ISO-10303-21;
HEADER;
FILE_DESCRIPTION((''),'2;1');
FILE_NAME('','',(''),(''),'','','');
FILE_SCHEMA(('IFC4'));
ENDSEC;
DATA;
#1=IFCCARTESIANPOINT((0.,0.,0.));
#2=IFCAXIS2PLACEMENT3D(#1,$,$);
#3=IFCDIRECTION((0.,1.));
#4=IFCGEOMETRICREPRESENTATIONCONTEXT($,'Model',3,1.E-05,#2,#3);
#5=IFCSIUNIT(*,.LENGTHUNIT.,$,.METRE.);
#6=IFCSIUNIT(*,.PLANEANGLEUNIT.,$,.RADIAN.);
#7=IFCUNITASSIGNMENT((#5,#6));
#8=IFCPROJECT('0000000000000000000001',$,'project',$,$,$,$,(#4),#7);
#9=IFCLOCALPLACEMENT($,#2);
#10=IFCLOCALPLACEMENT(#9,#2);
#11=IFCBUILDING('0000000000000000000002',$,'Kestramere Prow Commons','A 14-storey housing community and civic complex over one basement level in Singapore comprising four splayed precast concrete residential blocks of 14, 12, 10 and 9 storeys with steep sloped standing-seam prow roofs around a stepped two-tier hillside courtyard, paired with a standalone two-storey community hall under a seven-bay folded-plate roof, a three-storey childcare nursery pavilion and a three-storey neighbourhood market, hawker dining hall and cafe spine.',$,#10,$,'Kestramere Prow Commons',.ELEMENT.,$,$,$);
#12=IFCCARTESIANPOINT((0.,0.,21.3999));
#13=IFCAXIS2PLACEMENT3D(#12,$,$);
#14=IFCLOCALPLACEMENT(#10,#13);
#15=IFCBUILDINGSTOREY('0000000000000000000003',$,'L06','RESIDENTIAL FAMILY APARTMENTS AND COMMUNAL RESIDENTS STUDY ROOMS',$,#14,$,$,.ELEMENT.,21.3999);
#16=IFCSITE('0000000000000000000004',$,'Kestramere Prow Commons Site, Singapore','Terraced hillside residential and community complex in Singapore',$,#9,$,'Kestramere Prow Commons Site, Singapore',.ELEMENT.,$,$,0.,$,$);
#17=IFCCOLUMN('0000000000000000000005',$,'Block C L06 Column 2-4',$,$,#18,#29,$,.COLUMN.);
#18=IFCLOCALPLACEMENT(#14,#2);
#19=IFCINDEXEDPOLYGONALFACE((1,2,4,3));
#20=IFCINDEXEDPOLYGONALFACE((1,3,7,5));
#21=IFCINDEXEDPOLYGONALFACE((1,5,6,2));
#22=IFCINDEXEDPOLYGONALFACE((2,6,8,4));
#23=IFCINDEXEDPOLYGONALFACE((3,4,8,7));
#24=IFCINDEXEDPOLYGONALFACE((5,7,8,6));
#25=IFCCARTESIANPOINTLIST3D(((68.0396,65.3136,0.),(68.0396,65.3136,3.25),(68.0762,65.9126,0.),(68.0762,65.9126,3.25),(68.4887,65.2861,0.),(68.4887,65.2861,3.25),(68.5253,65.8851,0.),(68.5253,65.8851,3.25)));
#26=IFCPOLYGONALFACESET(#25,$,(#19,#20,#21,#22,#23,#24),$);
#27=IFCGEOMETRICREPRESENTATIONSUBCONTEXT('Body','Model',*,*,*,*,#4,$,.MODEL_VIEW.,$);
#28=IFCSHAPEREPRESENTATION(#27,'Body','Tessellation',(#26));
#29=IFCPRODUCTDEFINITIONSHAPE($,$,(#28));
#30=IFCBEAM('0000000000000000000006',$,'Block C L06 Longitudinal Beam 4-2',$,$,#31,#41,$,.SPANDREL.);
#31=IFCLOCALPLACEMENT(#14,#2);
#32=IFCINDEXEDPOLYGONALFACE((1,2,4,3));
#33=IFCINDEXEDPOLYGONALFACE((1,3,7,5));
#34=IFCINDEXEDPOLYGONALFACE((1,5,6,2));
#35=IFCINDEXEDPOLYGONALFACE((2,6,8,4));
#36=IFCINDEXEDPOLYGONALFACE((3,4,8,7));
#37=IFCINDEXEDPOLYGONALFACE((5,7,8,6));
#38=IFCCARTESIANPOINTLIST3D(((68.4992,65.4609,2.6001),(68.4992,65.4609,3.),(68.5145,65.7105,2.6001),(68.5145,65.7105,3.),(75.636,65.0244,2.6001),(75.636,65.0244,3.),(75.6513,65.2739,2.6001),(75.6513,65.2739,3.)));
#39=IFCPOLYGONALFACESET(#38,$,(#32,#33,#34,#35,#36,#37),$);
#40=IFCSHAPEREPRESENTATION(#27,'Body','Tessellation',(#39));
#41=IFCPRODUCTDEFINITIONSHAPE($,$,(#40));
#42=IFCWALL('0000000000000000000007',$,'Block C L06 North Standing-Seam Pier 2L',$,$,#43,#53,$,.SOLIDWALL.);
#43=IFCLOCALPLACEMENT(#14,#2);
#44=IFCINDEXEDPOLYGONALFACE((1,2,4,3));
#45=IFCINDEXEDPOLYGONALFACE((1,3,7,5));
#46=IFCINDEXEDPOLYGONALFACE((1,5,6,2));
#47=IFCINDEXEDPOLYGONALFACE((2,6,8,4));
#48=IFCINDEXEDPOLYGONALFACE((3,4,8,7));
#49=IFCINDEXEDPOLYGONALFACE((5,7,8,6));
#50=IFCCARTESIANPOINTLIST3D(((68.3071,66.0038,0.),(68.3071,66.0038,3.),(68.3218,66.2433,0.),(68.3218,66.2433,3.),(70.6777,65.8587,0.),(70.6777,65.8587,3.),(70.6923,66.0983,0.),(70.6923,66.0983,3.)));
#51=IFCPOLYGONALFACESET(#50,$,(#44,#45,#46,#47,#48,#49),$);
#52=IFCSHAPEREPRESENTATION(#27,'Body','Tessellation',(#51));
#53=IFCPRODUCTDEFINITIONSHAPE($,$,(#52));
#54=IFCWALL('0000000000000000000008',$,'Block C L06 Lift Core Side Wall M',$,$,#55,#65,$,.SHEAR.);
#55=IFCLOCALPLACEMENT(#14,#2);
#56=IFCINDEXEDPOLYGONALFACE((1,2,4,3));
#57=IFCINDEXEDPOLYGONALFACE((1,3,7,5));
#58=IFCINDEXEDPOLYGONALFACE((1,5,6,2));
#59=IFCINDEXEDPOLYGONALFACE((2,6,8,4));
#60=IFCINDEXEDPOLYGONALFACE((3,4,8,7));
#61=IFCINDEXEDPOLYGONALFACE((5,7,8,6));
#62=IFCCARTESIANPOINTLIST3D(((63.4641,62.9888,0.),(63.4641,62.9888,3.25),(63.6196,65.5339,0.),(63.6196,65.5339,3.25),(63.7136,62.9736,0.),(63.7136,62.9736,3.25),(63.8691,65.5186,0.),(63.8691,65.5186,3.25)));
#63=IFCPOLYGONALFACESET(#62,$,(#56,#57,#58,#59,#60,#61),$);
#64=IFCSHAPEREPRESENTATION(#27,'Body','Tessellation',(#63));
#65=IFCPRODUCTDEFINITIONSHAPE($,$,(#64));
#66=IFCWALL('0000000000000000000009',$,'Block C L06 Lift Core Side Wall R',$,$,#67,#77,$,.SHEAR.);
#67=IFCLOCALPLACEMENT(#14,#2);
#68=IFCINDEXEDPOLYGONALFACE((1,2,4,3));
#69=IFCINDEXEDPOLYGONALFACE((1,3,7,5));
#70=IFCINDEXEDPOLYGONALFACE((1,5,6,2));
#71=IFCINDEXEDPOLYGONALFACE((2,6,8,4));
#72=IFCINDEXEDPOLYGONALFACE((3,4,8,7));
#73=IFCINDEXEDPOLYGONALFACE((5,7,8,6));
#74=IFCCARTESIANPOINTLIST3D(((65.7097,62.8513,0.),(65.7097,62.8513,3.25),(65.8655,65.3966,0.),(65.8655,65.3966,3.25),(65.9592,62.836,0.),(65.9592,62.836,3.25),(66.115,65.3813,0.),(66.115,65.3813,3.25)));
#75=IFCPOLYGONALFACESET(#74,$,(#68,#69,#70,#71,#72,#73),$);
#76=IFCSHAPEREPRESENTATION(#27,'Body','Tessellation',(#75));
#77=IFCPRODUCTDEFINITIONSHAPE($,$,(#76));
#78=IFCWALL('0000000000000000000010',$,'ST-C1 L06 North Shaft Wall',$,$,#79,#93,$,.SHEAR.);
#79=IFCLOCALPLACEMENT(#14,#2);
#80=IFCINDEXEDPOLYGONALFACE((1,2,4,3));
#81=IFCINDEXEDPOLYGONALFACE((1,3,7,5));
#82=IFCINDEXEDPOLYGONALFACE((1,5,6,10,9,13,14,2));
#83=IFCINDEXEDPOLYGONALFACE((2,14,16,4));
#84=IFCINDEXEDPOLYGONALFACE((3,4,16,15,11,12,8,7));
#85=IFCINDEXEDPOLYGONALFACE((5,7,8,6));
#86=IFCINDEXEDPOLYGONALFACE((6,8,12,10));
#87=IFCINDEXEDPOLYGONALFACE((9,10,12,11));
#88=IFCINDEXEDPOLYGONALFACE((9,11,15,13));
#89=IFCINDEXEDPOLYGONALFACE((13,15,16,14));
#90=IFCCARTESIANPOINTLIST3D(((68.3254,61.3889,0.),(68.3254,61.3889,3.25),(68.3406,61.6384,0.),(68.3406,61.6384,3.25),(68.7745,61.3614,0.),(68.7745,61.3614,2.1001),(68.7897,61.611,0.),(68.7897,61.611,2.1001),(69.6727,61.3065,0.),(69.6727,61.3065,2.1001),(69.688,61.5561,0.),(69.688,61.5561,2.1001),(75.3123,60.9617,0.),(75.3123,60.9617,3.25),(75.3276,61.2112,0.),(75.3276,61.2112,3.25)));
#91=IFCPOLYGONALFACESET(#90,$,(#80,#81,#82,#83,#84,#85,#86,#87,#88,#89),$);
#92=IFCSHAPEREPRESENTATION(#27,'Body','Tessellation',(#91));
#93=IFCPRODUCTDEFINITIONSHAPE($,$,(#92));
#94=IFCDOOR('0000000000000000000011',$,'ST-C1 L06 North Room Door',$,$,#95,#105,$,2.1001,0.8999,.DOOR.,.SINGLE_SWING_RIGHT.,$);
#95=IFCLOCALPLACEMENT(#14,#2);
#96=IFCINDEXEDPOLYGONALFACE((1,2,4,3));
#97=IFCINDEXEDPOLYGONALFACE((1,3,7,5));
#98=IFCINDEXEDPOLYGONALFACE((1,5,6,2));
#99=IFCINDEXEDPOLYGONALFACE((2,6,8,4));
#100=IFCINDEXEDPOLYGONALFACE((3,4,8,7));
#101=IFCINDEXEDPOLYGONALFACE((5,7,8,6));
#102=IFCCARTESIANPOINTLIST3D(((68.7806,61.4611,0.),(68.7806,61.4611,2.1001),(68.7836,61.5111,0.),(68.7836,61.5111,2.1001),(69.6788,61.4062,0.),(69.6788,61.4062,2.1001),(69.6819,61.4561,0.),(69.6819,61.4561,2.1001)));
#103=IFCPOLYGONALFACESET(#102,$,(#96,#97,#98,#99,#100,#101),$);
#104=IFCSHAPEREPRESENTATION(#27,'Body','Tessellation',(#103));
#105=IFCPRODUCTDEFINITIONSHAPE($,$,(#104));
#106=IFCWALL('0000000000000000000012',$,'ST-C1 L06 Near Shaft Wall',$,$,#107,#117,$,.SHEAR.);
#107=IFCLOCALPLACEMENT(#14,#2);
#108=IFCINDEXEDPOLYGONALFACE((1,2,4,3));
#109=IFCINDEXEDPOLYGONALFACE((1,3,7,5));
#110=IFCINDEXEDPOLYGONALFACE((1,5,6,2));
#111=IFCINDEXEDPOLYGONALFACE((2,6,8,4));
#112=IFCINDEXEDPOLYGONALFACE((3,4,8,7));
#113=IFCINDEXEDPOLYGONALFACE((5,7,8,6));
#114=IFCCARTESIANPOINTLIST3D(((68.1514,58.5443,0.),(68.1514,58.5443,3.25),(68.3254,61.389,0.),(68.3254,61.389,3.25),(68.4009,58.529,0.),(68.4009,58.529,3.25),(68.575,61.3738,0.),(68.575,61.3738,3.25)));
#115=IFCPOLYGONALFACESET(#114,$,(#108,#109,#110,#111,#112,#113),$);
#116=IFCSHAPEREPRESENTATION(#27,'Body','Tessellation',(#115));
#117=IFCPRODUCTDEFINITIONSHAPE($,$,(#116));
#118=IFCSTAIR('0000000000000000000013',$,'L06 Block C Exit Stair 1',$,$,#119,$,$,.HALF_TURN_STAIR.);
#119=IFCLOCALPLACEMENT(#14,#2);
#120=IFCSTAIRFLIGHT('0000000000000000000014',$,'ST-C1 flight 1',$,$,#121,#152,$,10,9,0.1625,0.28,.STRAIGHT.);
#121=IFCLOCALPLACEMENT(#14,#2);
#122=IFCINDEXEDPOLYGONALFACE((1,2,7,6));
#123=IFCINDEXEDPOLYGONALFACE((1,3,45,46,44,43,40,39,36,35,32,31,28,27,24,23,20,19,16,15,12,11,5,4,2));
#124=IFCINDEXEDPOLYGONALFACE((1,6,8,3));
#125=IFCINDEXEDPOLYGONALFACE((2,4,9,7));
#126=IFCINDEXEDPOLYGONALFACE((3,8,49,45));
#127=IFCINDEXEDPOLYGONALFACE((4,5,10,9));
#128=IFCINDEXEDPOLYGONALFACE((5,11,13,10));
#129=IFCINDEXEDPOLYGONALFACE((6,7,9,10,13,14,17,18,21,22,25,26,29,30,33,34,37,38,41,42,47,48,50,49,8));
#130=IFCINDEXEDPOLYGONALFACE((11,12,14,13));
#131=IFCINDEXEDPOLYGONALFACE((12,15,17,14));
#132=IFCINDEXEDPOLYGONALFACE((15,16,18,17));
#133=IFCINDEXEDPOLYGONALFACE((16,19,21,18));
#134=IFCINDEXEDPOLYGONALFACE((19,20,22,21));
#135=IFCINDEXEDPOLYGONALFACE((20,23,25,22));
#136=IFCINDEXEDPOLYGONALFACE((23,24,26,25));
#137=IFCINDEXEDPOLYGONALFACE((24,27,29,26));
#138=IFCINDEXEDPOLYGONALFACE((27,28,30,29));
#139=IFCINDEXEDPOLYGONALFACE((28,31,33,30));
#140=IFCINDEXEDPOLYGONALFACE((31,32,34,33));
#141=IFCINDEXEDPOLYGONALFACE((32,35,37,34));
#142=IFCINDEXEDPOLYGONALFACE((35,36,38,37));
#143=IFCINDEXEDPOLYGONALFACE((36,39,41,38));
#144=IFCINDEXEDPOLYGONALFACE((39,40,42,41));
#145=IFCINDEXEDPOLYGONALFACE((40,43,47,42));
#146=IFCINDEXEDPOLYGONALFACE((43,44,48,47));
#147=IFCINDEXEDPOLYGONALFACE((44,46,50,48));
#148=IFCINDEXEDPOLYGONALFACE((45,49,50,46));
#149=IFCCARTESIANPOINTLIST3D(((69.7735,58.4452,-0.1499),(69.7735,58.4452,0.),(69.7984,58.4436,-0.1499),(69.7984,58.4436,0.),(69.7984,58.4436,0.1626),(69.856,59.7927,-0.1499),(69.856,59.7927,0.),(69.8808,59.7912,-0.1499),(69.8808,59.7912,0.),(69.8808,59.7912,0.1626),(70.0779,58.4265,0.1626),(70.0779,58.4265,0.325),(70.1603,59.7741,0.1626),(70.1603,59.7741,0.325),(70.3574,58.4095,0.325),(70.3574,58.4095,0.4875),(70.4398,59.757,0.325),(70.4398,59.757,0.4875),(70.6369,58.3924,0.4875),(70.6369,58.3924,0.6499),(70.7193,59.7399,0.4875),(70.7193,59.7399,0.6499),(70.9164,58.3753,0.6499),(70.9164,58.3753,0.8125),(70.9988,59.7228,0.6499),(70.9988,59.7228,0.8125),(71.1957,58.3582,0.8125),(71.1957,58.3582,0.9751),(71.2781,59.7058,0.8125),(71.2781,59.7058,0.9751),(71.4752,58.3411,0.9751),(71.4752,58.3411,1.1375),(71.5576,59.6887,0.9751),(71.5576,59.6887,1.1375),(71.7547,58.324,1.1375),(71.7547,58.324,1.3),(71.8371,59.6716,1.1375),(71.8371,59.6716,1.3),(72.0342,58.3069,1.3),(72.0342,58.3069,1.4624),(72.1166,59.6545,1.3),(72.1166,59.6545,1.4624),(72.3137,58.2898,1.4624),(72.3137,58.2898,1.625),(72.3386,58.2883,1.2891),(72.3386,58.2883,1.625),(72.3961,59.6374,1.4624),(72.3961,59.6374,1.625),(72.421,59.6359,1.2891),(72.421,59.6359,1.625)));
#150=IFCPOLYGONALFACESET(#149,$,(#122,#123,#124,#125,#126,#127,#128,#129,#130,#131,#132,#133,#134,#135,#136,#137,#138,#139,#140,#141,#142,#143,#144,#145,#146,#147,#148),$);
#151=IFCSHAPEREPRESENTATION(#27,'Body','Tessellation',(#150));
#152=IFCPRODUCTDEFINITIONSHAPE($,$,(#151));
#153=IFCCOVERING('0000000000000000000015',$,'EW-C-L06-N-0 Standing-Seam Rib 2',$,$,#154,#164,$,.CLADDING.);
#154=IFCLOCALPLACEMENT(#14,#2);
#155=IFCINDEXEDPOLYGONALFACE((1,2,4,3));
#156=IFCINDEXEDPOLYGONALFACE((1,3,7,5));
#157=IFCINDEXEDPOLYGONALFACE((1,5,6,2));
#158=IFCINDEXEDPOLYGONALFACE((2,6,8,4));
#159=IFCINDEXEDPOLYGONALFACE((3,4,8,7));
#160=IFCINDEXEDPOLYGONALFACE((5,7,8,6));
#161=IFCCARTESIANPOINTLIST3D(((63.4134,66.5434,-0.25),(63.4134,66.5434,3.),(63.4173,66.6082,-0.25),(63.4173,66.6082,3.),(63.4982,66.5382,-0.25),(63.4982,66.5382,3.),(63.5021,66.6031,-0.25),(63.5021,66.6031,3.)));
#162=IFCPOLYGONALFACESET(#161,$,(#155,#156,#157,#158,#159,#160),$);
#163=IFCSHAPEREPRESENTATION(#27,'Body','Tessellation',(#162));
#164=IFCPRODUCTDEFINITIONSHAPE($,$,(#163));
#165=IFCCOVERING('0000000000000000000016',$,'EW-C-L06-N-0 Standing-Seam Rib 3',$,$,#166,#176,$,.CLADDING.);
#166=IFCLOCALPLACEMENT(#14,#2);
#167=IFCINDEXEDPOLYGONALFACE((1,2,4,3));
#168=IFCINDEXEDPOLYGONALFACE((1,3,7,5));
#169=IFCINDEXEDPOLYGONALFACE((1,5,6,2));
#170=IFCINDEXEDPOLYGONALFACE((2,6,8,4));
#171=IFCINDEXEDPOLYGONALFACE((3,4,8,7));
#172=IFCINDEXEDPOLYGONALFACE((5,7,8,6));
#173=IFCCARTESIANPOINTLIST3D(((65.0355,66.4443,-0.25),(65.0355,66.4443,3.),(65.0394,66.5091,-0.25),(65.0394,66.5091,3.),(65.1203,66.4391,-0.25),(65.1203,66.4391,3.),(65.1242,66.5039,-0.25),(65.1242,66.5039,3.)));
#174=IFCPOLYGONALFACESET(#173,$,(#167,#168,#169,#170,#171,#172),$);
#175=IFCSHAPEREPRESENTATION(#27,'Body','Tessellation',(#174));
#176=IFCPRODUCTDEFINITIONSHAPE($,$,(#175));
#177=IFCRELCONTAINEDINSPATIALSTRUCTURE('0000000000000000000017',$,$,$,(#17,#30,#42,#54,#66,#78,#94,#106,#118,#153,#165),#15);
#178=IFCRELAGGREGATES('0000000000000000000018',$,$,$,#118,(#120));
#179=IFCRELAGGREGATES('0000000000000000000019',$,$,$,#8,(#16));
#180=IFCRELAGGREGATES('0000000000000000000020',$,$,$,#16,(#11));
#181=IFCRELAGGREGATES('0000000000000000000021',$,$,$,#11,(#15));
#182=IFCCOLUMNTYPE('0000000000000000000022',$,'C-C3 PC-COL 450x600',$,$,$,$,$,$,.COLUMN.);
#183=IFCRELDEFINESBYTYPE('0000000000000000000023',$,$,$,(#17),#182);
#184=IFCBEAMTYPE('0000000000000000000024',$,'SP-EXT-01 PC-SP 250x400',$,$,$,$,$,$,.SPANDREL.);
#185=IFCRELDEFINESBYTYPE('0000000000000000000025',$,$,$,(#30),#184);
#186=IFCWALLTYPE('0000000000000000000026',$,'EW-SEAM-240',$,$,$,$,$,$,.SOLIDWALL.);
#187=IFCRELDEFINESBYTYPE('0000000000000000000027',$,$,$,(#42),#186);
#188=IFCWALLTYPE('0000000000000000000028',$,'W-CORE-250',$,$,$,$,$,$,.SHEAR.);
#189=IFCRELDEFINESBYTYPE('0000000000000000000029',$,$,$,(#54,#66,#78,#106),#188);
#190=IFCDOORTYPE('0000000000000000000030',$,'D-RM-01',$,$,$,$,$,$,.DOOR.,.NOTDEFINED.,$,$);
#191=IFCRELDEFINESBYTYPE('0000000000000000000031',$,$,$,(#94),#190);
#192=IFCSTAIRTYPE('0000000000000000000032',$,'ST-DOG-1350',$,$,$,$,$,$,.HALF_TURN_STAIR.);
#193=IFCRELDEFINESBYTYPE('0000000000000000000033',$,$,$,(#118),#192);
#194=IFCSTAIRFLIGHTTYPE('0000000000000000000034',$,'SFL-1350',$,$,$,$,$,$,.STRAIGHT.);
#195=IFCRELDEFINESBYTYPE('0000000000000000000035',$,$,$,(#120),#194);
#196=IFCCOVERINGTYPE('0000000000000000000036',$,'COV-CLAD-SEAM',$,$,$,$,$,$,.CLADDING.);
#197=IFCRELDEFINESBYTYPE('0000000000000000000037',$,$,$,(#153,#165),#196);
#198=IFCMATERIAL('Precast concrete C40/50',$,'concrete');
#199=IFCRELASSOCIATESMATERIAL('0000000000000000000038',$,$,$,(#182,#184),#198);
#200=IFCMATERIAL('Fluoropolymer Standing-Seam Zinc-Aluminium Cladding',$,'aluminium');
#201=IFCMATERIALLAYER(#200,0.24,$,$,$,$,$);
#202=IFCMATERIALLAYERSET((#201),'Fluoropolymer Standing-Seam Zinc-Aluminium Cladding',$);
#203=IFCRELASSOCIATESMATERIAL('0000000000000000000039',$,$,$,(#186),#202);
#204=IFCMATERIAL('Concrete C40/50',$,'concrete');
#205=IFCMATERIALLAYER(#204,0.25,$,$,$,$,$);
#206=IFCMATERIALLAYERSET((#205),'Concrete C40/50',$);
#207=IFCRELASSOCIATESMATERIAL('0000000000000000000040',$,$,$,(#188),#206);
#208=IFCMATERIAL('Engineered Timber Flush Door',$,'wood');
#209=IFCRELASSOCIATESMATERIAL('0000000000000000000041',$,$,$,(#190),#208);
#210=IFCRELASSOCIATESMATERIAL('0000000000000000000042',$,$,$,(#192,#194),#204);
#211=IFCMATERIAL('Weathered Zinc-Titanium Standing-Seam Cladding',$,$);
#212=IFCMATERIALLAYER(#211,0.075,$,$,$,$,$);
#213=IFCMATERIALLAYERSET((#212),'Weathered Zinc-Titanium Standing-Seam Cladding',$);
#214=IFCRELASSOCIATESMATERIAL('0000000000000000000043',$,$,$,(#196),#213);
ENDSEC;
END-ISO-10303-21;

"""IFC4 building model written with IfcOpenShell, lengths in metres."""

from ifc_helpers import new_model, si_unit, direction, frame, frame_2d, origin, origin_2d, place, context, subcontext, project, spatial, polyline, rectangle, outline, extrude, material, layer, layer_set, material_profile, profile_set, type_object, element, fill, aggregate, save


model = new_model("IFC4")

# Units and contexts
model_context = context("Model", 3, precision=1e-05, world=origin(), true_north=direction((0.0, 1.0)))
body_context = subcontext(model_context, "Body", "Model", "MODEL_VIEW")
ifc_project = project(units=[si_unit("LENGTHUNIT", "METRE"), si_unit("PLANEANGLEUNIT", "RADIAN")], contexts=[model_context])

# Site, building, storey
site_placement = place(None, origin())
site = spatial("IfcSite", under=ifc_project, at=site_placement, Name="Kestramere Prow Commons Site, Singapore", Description="Terraced hillside residential and community complex in Singapore", LongName="Kestramere Prow Commons Site, Singapore", CompositionType="ELEMENT", RefElevation=0.0)
building_placement = place(site_placement, origin())
building = spatial("IfcBuilding", under=site, at=building_placement, Name="Kestramere Prow Commons", Description="A 14-storey housing community and civic complex over one basement level in Singapore comprising four splayed precast concrete residential blocks of 14, 12, 10 and 9 storeys with steep sloped standing-seam prow roofs around a stepped two-tier hillside courtyard, paired with a standalone two-storey community hall under a seven-bay folded-plate roof, a three-storey childcare nursery pavilion and a three-storey neighbourhood market, hawker dining hall and cafe spine.", LongName="Kestramere Prow Commons", CompositionType="ELEMENT")
storey_placement = place(building_placement, frame((0.0, 0.0, 21.3999)))
storey = spatial("IfcBuildingStorey", under=building, at=storey_placement, Name="L06", Description="RESIDENTIAL FAMILY APARTMENTS AND COMMUNAL RESIDENTS STUDY ROOMS", CompositionType="ELEMENT", Elevation=21.3999)

# Column
ifc_material_1 = material(Name="Precast concrete C40/50", Category="concrete")
ifc_material_profile_1 = material_profile(ifc_material_1, rectangle(XDim=0.45, YDim=0.6001, at=origin_2d()), Name="PC-COL 450x600")
ifc_profile_set_1 = profile_set([ifc_material_profile_1], Name="Precast concrete C40/50")
column_type = type_object("IfcColumnType", Name="C-C3 PC-COL 450x600", PredefinedType="COLUMN", material=ifc_profile_set_1)
column_placement = place(storey_placement, frame((68.2825, 65.5994, 0.0), z_axis=(0.0, 0.0, 1.0), x_axis=(0.998135, -0.061049, 0.0)))
element("IfcColumn", 1, at=column_placement, inside=storey, type_object=column_type, Name="Block C L06 Column 2-4", PredefinedType="COLUMN", context=body_context, shape_type="SweptSolid", body=[
    extrude(rectangle(XDim=0.45, YDim=0.6001, at=origin_2d()), origin(), (0.0, 0.0, 1.0), 3.25),
])

# Beam
ifc_material_profile_2 = material_profile(ifc_material_1, rectangle(XDim=0.25, YDim=0.3999, at=origin_2d()), Name="PC-SP 250x400")
ifc_profile_set_2 = profile_set([ifc_material_profile_2], Name="Precast concrete C40/50")
beam_type = type_object("IfcBeamType", Name="SP-EXT-01 PC-SP 250x400", PredefinedType="SPANDREL", material=ifc_profile_set_2)
beam_placement = place(storey_placement, frame((68.5068, 65.5857, 2.8), z_axis=(0.998135, -0.061052, 0.0), x_axis=(0.061052, 0.998135, 0.0)))
element("IfcBeam", 2, at=beam_placement, inside=storey, type_object=beam_type, Name="Block C L06 Longitudinal Beam 4-2", PredefinedType="SPANDREL", context=body_context, shape_type="SweptSolid", body=[
    extrude(rectangle(XDim=0.25, YDim=0.3999, at=origin_2d()), origin(), (0.0, 0.0, 1.0), 7.1501),
])

# Wall
ifc_material_2 = material(Name="Fluoropolymer Standing-Seam Zinc-Aluminium Cladding", Category="aluminium")
ifc_layer_1 = layer(ifc_material_2, 0.24)
ifc_layer_set_1 = layer_set([ifc_layer_1], Name="Fluoropolymer Standing-Seam Zinc-Aluminium Cladding")
wall_type_1 = type_object("IfcWallType", Name="EW-SEAM-240", PredefinedType="SOLIDWALL", material=ifc_layer_set_1)
wall_1_placement = place(storey_placement, frame((68.3145, 66.1235, 0.0), z_axis=(0.0, 0.0, 1.0), x_axis=(0.998134, -0.06106, 0.0)))
element("IfcWall", 3, at=wall_1_placement, inside=storey, type_object=wall_type_1, Name="Block C L06 North Standing-Seam Pier 2L", PredefinedType="SOLIDWALL", context=body_context, shape_type="SweptSolid", body=[
    extrude(rectangle(XDim=2.375, YDim=0.24, at=frame_2d((1.1875, 0.0))), origin(), (0.0, 0.0, 1.0), 3.0),
])

# Shared definitions
ifc_material_3 = material(Name="Concrete C40/50", Category="concrete")
ifc_layer_2 = layer(ifc_material_3, 0.25)
ifc_layer_set_2 = layer_set([ifc_layer_2], Name="Concrete C40/50")
wall_type_2 = type_object("IfcWallType", Name="W-CORE-250", PredefinedType="SHEAR", material=ifc_layer_set_2)

# Walls
wall_2_placement = place(storey_placement, frame((63.5889, 62.9812, 0.0), z_axis=(0.0, 0.0, 1.0), x_axis=(0.060989, 0.998138, 0.0)))
element("IfcWall", 4, at=wall_2_placement, inside=storey, type_object=wall_type_2, Name="Block C L06 Lift Core Side Wall M", PredefinedType="SHEAR", context=body_context, shape_type="SweptSolid", body=[
    extrude(rectangle(XDim=2.5498, YDim=0.25, at=frame_2d((1.2749, 0.0))), origin(), (0.0, 0.0, 1.0), 3.25),
])
wall_3_placement = place(storey_placement, frame((65.8345, 62.8438, 0.0), z_axis=(0.0, 0.0, 1.0), x_axis=(0.061085, 0.998133, 0.0)))
element("IfcWall", 5, at=wall_3_placement, inside=storey, type_object=wall_type_2, Name="Block C L06 Lift Core Side Wall R", PredefinedType="SHEAR", context=body_context, shape_type="SweptSolid", body=[
    extrude(rectangle(XDim=2.55, YDim=0.25, at=frame_2d((1.2749, 0.0))), origin(), (0.0, 0.0, 1.0), 3.25),
])

# Wall, opening, door
wall_4_placement = place(storey_placement, frame((68.333, 61.5137, 0.0), z_axis=(0.0, 0.0, 1.0), x_axis=(0.998136, -0.061034, 0.0)))
wall_4 = element("IfcWall", 6, at=wall_4_placement, inside=storey, type_object=wall_type_2, Name="ST-C1 L06 North Shaft Wall", PredefinedType="SHEAR", context=body_context, shape_type="SweptSolid", body=[
    extrude(rectangle(XDim=7.0, YDim=0.25, at=frame_2d((3.5, 0.0))), origin(), (0.0, 0.0, 1.0), 3.25),
])
opening_1_placement = place(wall_4_placement, frame((0.45, 0.0, 0.0)))
opening_1 = element("IfcOpeningElement", 7, at=opening_1_placement, cuts=wall_4, PredefinedType="OPENING", context=body_context, shape_type="SweptSolid", body=[
    extrude(rectangle(XDim=0.8999, YDim=2.1001, at=frame_2d((0.45, 1.05))), frame((0.0, 0.1399, 0.0), z_axis=(0.0, -1.0, 0.0), x_axis=(1.0, 0.0, 0.0)), (0.0, 0.0, 1.0), 0.28),
])
ifc_material_4 = material(Name="Engineered Timber Flush Door", Category="wood")
door_type_1 = type_object("IfcDoorType", Name="D-RM-01", OperationType="NOTDEFINED", PredefinedType="DOOR", material=ifc_material_4)
door_1_placement = place(opening_1_placement, origin())
door_1 = element("IfcDoor", 8, at=door_1_placement, inside=storey, type_object=door_type_1, Name="ST-C1 L06 North Room Door", OperationType="SINGLE_SWING_RIGHT", OverallHeight=2.1001, OverallWidth=0.8999, PredefinedType="DOOR", context=body_context, shape_type="SweptSolid", body=[
    extrude(rectangle(XDim=0.8999, YDim=2.1001, at=frame_2d((0.45, 1.05))), frame((0.0, 0.0249, 0.0), z_axis=(0.0, -1.0, 0.0), x_axis=(1.0, 0.0, 0.0)), (0.0, 0.0, 1.0), 0.05),
])
fill(opening_1, door_1)

# Wall
wall_5_placement = place(storey_placement, frame((68.2761, 58.5366, 0.0), z_axis=(0.0, 0.0, 1.0), x_axis=(0.061077, 0.998133, 0.0)))
element("IfcWall", 9, at=wall_5_placement, inside=storey, type_object=wall_type_2, Name="ST-C1 L06 Near Shaft Wall", PredefinedType="SHEAR", context=body_context, shape_type="SweptSolid", body=[
    extrude(rectangle(XDim=2.8501, YDim=0.25, at=frame_2d((1.425, 0.0))), origin(), (0.0, 0.0, 1.0), 3.25),
])

# Stair, stair flight
stair_type = type_object("IfcStairType", Name="ST-DOG-1350", PredefinedType="HALF_TURN_STAIR", material=ifc_material_3)
stair_placement = place(storey_placement, origin())
stair = element("IfcStair", 10, at=stair_placement, inside=storey, type_object=stair_type, Name="L06 Block C Exit Stair 1", PredefinedType="HALF_TURN_STAIR")
stair_flight_type = type_object("IfcStairFlightType", Name="SFL-1350", PredefinedType="STRAIGHT", material=ifc_material_3)
stair_flight_placement = place(storey_placement, frame((69.8396, 59.1174, 0.0), z_axis=(0.0, 0.0, 1.0), x_axis=(0.998135, -0.061049, 0.0)))
stair_flight = element("IfcStairFlight", 11, at=stair_flight_placement, type_object=stair_flight_type, Name="ST-C1 flight 1", NumberOfRisers=10, NumberOfTreads=9, PredefinedType="STRAIGHT", RiserHeight=0.1625, TreadLength=0.28, context=body_context, shape_type="SweptSolid", body=[
    extrude(outline(polyline([(-0.0249, 0.0), (0.0, 0.0), (0.0, 0.1626), (0.28, 0.1626), (0.28, 0.325), (0.5601, 0.325), (0.5601, 0.4875), (0.8401, 0.4875), (0.8401, 0.6499), (1.1201, 0.6499), (1.1201, 0.8125), (1.3999, 0.8125), (1.3999, 0.9751), (1.6799, 0.9751), (1.6799, 1.1375), (1.96, 1.1375), (1.96, 1.3), (2.24, 1.3), (2.24, 1.4624), (2.52, 1.4624), (2.52, 1.625), (2.5449, 1.625), (2.5449, 1.2891), (0.0, -0.1499), (-0.0249, -0.1499), (-0.0249, 0.0)])), frame((0.0, 0.675, 0.0), z_axis=(0.0, -1.0, 0.0), x_axis=(1.0, 0.0, 0.0)), (0.0, 0.0, 1.0), 1.3501),
])
aggregate(stair, [stair_flight])

# Coverings
ifc_material_5 = material(Name="Weathered Zinc-Titanium Standing-Seam Cladding")
ifc_layer_3 = layer(ifc_material_5, 0.075)
ifc_layer_set_3 = layer_set([ifc_layer_3], Name="Weathered Zinc-Titanium Standing-Seam Cladding")
covering_type = type_object("IfcCoveringType", Name="COV-CLAD-SEAM", PredefinedType="CLADDING", material=ifc_layer_set_3)
for number, where, z_axis, x_axis, name in (
    (12, (63.4578, 66.5732, -0.25), (0.0, 0.0, 1.0), (0.998135, -0.061049, 0.0), "EW-C-L06-N-0 Standing-Seam Rib 2"),
    (13, (65.0798, 66.4741, -0.25), (0.0, 0.0, 1.0), (0.998135, -0.061049, 0.0), "EW-C-L06-N-0 Standing-Seam Rib 3"),
):
    element("IfcCovering", number, at=place(storey_placement, frame(where, z_axis=z_axis, x_axis=x_axis)), inside=storey, type_object=covering_type, Name=name, PredefinedType="CLADDING", context=body_context, shape_type="SweptSolid", body=[
        extrude(rectangle(XDim=0.085, YDim=0.0649, at=origin_2d()), origin(), (0.0, 0.0, 1.0), 3.25),
    ])

save(model, "model.ifc")
